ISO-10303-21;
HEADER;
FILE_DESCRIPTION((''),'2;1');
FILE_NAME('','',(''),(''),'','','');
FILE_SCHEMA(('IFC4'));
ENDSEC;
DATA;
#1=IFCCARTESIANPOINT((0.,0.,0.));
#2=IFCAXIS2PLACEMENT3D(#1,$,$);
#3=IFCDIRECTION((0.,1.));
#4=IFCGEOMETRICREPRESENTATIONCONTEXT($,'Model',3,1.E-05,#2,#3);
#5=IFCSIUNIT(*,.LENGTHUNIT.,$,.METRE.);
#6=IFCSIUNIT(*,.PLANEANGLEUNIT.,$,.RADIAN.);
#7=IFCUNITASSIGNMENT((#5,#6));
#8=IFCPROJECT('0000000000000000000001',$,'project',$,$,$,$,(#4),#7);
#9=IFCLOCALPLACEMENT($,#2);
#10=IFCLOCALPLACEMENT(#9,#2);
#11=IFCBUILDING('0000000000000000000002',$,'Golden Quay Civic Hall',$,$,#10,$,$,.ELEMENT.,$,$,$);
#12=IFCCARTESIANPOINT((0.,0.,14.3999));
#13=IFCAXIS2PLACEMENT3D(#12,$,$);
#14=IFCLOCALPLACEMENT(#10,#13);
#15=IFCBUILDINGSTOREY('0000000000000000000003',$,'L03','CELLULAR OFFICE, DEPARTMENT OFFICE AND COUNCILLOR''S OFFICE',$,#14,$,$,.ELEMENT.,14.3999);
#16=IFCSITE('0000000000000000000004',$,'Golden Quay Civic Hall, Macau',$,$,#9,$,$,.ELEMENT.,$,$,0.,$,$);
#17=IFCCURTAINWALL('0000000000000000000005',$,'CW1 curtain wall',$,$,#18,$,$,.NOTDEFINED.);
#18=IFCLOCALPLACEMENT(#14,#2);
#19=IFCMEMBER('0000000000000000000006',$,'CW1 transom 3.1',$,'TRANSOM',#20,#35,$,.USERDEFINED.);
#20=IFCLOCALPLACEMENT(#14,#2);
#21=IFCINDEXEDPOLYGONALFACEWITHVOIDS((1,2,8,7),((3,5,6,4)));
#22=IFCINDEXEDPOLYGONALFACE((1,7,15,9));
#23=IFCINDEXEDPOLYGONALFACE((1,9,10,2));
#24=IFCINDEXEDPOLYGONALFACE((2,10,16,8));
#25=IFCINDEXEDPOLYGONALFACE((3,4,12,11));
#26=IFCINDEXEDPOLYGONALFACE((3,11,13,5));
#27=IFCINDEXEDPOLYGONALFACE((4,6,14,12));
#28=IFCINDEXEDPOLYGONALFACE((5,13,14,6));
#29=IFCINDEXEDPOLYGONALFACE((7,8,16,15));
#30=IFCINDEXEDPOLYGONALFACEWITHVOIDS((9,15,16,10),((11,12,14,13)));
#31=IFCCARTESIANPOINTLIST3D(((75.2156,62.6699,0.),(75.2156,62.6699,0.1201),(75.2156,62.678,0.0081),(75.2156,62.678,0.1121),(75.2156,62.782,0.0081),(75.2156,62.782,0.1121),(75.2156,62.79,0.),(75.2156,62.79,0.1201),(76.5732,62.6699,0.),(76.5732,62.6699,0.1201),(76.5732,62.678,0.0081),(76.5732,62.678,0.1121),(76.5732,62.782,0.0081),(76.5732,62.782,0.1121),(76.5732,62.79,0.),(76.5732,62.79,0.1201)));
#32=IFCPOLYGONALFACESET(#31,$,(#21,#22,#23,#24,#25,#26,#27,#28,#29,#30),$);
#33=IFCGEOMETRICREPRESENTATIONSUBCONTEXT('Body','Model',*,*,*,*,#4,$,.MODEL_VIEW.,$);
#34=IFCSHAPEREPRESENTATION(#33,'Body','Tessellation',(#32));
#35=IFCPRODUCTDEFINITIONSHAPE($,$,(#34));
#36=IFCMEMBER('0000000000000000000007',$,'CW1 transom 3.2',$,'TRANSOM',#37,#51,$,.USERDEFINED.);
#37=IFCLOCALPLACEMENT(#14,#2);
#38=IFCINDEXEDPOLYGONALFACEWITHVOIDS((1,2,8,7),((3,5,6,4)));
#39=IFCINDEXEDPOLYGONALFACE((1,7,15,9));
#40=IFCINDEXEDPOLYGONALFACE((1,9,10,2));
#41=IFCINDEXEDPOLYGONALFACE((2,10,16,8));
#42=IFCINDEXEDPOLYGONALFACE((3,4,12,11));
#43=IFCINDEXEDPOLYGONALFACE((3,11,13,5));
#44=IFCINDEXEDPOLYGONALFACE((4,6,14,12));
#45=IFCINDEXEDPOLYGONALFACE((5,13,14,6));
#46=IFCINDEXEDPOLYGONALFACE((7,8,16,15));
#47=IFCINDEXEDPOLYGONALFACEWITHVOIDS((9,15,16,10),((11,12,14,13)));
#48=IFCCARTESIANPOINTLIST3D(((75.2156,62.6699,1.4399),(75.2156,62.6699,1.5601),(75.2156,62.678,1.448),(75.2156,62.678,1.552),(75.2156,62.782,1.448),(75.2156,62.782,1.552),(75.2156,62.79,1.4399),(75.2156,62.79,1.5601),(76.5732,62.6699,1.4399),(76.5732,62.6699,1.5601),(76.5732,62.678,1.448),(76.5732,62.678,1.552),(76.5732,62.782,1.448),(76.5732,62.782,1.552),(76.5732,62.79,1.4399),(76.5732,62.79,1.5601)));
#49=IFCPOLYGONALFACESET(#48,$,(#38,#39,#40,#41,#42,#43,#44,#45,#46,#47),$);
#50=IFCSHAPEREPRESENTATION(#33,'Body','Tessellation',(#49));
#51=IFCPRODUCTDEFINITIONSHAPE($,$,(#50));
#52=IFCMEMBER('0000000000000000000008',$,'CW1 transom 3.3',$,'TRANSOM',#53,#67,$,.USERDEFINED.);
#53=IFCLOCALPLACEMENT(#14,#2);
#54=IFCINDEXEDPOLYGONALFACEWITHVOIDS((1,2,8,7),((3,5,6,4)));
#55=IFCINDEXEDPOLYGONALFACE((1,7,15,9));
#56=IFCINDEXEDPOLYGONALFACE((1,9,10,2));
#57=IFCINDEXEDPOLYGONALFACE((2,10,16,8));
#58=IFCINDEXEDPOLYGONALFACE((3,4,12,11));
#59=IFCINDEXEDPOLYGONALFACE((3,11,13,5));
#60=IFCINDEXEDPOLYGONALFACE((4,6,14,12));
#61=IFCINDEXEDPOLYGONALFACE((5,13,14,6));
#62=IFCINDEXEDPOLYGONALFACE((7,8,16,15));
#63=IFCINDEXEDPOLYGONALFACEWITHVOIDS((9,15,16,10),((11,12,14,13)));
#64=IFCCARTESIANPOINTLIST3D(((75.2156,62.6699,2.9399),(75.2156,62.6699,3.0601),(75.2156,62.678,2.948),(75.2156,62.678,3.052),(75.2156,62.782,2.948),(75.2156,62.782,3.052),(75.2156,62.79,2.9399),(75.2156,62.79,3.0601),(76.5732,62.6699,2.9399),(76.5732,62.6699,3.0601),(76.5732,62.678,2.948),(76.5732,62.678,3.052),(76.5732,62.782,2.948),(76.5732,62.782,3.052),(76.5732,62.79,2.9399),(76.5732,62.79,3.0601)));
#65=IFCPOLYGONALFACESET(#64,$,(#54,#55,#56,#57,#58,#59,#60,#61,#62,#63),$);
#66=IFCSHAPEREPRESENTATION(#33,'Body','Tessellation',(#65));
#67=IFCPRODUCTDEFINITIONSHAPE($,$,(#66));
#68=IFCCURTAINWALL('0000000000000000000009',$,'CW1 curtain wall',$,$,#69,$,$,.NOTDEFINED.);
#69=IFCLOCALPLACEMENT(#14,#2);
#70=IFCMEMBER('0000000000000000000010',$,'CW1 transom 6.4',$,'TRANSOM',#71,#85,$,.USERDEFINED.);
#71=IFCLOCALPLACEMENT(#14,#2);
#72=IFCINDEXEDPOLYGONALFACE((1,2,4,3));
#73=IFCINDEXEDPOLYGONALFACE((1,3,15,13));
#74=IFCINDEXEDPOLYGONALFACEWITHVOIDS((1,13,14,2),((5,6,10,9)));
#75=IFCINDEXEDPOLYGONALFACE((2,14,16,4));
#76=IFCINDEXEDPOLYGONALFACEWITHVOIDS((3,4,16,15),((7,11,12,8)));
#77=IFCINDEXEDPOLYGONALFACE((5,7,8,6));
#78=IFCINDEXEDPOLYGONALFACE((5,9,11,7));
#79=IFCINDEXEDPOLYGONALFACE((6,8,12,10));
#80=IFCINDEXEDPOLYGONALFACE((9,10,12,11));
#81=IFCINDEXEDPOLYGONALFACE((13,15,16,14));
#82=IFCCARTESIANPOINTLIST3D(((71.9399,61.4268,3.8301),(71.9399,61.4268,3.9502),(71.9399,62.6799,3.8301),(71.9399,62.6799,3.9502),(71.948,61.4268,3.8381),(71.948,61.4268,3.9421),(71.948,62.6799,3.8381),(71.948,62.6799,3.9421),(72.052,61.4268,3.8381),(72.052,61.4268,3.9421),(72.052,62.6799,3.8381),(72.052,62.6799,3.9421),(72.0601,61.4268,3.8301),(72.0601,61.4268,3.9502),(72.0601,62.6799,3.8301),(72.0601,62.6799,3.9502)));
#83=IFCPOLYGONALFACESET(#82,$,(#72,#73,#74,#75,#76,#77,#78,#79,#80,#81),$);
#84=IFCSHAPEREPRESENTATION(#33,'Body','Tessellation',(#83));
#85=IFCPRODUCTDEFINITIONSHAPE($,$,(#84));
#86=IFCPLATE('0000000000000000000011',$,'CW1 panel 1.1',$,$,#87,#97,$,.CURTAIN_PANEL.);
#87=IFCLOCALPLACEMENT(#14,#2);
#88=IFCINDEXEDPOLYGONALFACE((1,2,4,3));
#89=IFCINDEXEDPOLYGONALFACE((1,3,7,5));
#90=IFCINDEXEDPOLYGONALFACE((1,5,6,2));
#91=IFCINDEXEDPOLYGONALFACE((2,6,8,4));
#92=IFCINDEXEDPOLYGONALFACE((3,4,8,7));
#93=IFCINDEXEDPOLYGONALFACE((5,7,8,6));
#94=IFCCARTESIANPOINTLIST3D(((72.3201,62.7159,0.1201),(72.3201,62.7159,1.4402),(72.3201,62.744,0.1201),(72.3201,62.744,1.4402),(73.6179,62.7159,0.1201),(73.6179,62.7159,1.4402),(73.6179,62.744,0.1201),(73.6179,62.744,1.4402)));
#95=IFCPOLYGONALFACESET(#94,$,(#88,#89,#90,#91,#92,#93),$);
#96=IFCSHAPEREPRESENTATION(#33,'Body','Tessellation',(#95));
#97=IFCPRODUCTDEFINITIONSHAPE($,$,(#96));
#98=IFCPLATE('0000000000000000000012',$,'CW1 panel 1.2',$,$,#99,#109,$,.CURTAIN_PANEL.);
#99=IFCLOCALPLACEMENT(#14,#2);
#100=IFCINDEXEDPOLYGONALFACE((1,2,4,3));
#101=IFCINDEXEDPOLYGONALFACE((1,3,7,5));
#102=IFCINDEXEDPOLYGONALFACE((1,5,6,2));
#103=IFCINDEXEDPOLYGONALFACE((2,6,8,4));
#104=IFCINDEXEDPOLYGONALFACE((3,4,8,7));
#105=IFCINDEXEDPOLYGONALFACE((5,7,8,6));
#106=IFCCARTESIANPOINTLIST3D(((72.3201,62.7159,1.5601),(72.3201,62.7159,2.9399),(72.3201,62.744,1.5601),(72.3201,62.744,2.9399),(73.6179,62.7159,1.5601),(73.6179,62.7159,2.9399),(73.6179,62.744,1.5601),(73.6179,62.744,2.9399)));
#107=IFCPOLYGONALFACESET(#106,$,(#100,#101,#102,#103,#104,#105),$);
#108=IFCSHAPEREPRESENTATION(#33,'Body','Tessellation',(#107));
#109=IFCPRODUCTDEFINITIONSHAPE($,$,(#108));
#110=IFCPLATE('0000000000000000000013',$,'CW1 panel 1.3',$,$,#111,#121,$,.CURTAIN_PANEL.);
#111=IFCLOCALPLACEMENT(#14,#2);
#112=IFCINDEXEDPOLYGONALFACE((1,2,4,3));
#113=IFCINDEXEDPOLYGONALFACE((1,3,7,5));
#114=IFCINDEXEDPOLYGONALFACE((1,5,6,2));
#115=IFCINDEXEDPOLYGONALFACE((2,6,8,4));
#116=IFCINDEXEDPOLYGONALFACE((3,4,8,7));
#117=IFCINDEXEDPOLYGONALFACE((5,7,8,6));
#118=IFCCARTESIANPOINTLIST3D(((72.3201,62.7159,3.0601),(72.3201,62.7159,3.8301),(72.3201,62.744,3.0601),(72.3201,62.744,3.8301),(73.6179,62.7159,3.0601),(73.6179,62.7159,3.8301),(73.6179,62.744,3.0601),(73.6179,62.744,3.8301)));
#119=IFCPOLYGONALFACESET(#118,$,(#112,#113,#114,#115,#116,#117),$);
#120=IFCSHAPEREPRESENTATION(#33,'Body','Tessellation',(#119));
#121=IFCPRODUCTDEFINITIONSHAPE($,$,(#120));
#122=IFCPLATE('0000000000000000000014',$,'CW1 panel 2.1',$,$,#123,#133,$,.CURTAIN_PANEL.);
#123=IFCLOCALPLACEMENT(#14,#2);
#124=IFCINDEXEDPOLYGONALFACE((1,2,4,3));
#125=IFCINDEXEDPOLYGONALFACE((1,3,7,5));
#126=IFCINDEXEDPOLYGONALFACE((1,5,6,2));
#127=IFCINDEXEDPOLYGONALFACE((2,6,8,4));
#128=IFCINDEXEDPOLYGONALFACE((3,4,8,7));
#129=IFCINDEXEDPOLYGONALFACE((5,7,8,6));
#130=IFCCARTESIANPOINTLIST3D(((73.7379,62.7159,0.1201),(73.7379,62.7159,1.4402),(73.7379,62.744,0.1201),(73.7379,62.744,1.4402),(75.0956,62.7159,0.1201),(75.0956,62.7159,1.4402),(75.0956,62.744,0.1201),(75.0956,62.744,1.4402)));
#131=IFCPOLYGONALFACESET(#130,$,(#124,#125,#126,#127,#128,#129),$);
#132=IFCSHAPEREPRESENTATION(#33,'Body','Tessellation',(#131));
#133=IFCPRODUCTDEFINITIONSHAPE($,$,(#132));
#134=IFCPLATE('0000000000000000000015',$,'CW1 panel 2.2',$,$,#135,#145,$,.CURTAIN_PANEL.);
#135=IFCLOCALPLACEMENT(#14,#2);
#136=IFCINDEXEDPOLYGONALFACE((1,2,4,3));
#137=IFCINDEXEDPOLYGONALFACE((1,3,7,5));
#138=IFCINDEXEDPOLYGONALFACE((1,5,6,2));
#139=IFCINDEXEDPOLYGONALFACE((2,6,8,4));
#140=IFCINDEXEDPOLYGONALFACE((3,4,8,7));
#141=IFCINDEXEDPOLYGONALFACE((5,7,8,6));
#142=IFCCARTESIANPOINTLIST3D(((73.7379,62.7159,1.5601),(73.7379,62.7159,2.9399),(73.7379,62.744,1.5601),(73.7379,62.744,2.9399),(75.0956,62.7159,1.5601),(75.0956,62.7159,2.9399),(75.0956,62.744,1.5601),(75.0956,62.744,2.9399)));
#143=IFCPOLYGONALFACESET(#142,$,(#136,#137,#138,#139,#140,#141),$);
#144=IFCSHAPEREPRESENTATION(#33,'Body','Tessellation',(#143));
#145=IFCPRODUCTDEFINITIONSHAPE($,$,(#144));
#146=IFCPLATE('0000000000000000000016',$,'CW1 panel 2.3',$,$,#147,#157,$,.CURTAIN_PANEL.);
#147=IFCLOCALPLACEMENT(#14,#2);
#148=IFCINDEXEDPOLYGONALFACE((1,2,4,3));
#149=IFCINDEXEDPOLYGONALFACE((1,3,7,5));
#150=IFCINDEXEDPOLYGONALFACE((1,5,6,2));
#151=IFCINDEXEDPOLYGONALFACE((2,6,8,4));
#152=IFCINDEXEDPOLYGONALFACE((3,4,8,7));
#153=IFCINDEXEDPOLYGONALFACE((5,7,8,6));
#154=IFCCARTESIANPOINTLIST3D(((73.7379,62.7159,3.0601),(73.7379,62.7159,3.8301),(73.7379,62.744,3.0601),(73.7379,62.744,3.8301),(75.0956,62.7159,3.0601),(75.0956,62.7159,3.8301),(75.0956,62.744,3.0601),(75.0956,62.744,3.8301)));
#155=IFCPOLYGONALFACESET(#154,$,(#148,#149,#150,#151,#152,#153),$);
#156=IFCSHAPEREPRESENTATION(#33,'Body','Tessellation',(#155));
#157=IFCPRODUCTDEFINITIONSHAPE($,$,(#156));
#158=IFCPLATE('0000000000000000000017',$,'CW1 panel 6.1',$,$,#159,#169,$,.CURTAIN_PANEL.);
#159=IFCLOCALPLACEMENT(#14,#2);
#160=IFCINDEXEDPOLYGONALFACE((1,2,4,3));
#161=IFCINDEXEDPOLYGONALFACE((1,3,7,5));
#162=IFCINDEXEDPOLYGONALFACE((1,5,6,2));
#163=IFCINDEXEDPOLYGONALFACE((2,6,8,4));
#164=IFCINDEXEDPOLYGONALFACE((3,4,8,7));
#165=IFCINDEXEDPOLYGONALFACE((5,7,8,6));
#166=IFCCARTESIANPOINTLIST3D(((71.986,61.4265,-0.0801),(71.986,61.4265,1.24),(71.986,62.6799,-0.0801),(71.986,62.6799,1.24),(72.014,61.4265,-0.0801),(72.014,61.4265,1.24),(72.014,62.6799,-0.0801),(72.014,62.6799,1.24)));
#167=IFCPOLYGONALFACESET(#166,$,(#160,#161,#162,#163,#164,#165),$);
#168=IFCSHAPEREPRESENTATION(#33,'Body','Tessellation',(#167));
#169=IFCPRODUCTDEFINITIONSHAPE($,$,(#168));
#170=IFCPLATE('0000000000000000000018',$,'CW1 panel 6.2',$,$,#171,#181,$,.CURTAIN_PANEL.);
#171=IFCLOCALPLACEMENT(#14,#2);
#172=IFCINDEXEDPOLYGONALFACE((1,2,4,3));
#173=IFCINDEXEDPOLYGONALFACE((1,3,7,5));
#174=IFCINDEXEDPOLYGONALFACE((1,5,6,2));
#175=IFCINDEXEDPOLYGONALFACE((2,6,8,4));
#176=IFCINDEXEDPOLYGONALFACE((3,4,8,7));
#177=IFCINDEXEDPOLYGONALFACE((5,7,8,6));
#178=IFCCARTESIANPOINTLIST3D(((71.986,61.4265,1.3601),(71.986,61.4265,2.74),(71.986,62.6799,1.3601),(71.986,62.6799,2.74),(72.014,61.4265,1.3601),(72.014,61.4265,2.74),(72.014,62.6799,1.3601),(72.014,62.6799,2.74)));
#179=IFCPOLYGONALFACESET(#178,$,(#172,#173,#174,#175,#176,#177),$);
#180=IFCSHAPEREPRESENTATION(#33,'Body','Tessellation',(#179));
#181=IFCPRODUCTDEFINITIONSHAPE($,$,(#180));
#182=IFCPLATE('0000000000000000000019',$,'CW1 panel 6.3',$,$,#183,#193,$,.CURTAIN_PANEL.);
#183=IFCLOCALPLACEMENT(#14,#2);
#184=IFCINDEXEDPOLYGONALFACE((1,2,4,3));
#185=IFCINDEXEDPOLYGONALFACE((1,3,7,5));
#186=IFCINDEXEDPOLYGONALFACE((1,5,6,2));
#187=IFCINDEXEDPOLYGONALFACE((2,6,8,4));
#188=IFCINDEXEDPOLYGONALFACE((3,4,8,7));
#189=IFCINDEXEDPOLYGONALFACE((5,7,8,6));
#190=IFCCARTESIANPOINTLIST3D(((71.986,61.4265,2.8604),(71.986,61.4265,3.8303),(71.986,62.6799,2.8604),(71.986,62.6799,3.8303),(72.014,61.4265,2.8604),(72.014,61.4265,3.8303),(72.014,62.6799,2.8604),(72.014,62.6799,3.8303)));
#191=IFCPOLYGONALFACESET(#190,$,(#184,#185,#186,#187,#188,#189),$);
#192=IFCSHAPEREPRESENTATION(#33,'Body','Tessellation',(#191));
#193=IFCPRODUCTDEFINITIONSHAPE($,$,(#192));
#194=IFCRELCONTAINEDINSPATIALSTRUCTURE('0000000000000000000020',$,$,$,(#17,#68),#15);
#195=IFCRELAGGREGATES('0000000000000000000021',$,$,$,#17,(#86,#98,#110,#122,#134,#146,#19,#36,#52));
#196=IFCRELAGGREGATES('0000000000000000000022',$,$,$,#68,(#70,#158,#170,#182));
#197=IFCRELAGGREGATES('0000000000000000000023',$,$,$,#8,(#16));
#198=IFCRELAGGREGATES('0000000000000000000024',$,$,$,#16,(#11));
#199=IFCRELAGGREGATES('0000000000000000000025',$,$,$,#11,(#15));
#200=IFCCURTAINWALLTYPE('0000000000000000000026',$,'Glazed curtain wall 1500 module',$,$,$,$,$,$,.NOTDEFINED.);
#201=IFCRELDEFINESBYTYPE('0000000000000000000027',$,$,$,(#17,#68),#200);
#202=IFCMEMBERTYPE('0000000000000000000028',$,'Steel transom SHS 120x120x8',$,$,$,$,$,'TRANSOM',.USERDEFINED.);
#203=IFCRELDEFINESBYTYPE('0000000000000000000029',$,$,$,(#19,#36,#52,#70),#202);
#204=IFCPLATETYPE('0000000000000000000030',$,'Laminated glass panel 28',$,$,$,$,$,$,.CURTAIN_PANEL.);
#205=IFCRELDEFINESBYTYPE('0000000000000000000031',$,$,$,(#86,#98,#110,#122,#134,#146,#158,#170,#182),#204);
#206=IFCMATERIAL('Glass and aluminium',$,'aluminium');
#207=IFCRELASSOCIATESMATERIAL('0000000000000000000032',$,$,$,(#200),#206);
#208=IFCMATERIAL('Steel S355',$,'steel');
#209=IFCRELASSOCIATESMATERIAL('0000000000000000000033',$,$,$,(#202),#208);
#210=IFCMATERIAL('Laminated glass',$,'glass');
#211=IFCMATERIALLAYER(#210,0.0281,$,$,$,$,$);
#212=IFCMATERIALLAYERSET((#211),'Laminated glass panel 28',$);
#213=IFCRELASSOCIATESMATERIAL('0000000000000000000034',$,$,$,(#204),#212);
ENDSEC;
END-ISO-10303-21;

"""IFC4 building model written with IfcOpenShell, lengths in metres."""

from ifc_helpers import new_model, si_unit, direction, frame, origin, origin_2d, place, context, subcontext, project, spatial, rectangle, hollow_rectangle, extrude, material, layer, layer_set, material_profile, profile_set, type_object, element, aggregate, save


model = new_model("IFC4")

# Units and contexts
model_context = context("Model", 3, precision=1e-05, world=origin(), true_north=direction((0.0, 1.0)))
body_context = subcontext(model_context, "Body", "Model", "MODEL_VIEW")
ifc_project = project(units=[si_unit("LENGTHUNIT", "METRE"), si_unit("PLANEANGLEUNIT", "RADIAN")], contexts=[model_context])

# Site, building, storey
site_placement = place(None, origin())
site = spatial("IfcSite", under=ifc_project, at=site_placement, Name="Golden Quay Civic Hall, Macau", CompositionType="ELEMENT", RefElevation=0.0)
building_placement = place(site_placement, origin())
building = spatial("IfcBuilding", under=site, at=building_placement, Name="Golden Quay Civic Hall", CompositionType="ELEMENT")
storey_placement = place(building_placement, frame((0.0, 0.0, 14.3999)))
storey = spatial("IfcBuildingStorey", under=building, at=storey_placement, Name="L03", Description="CELLULAR OFFICE, DEPARTMENT OFFICE AND COUNCILLOR'S OFFICE", CompositionType="ELEMENT", Elevation=14.3999)

# Curtain wall, members
ifc_material_1 = material(Name="Glass and aluminium", Category="aluminium")
curtain_wall_type = type_object("IfcCurtainWallType", Name="Glazed curtain wall 1500 module", PredefinedType="NOTDEFINED", material=ifc_material_1)
curtain_wall_1_placement = place(storey_placement, origin())
curtain_wall_1 = element("IfcCurtainWall", 1, at=curtain_wall_1_placement, inside=storey, type_object=curtain_wall_type, Name="CW1 curtain wall", PredefinedType="NOTDEFINED")
ifc_material_2 = material(Name="Steel S355", Category="steel")
ifc_material_profile_1 = material_profile(ifc_material_2, hollow_rectangle(XDim=0.1201, YDim=0.1201, WallThickness=0.0081, at=origin_2d()), Name="SHS 120x120x8")
ifc_profile_set_1 = profile_set([ifc_material_profile_1], Name="Steel S355")
member_type_1 = type_object("IfcMemberType", Name="Steel transom SHS 120x120x8", ElementType="TRANSOM", PredefinedType="USERDEFINED", material=ifc_profile_set_1)
member_1_placement = place(storey_placement, frame((75.2156, 62.73, 0.0601), z_axis=(1.0, 0.0, 0.0), x_axis=(0.0, 1.0, 0.0)))
member_1 = element("IfcMember", 2, at=member_1_placement, type_object=member_type_1, Name="CW1 transom 3.1", ObjectType="TRANSOM", PredefinedType="USERDEFINED", context=body_context, shape_type="SweptSolid", body=[
    extrude(hollow_rectangle(XDim=0.1201, YDim=0.1201, WallThickness=0.0081, at=origin_2d()), origin(), (0.0, 0.0, 1.0), 1.3577),
])
member_2_placement = place(storey_placement, frame((75.2156, 62.73, 1.5), z_axis=(1.0, 0.0, 0.0), x_axis=(0.0, 1.0, 0.0)))
member_2 = element("IfcMember", 3, at=member_2_placement, type_object=member_type_1, Name="CW1 transom 3.2", ObjectType="TRANSOM", PredefinedType="USERDEFINED", context=body_context, shape_type="SweptSolid", body=[
    extrude(hollow_rectangle(XDim=0.1201, YDim=0.1201, WallThickness=0.0081, at=origin_2d()), origin(), (0.0, 0.0, 1.0), 1.3577),
])
member_3_placement = place(storey_placement, frame((75.2156, 62.73, 3.0), z_axis=(1.0, 0.0, 0.0), x_axis=(0.0, 1.0, 0.0)))
member_3 = element("IfcMember", 4, at=member_3_placement, type_object=member_type_1, Name="CW1 transom 3.3", ObjectType="TRANSOM", PredefinedType="USERDEFINED", context=body_context, shape_type="SweptSolid", body=[
    extrude(hollow_rectangle(XDim=0.1201, YDim=0.1201, WallThickness=0.0081, at=origin_2d()), origin(), (0.0, 0.0, 1.0), 1.3577),
])

# Curtain wall, member
curtain_wall_2_placement = place(storey_placement, origin())
curtain_wall_2 = element("IfcCurtainWall", 5, at=curtain_wall_2_placement, inside=storey, type_object=curtain_wall_type, Name="CW1 curtain wall", PredefinedType="NOTDEFINED")
member_4_placement = place(storey_placement, frame((72.0, 61.4268, 3.8901), z_axis=(0.0, 1.0, 0.0), x_axis=(-1.0, 0.0, 0.0)))
member_4 = element("IfcMember", 6, at=member_4_placement, type_object=member_type_1, Name="CW1 transom 6.4", ObjectType="TRANSOM", PredefinedType="USERDEFINED", context=body_context, shape_type="SweptSolid", body=[
    extrude(hollow_rectangle(XDim=0.1201, YDim=0.1201, WallThickness=0.0081, at=origin_2d()), origin(), (0.0, 0.0, 1.0), 1.2532),
])

# Plates
ifc_material_3 = material(Name="Laminated glass", Category="glass")
ifc_layer = layer(ifc_material_3, 0.0281)
ifc_layer_set = layer_set([ifc_layer], Name="Laminated glass panel 28")
plate_type = type_object("IfcPlateType", Name="Laminated glass panel 28", PredefinedType="CURTAIN_PANEL", material=ifc_layer_set)
plate_1_placement = place(storey_placement, frame((72.969, 62.73, 0.1201), z_axis=(0.0, 0.0, 1.0), x_axis=(1.0, 0.0, 0.0)))
plate_1 = element("IfcPlate", 7, at=plate_1_placement, type_object=plate_type, Name="CW1 panel 1.1", PredefinedType="CURTAIN_PANEL", context=body_context, shape_type="SweptSolid", body=[
    extrude(rectangle(XDim=1.2979, YDim=0.0281, at=origin_2d()), origin(), (0.0, 0.0, 1.0), 1.3201),
])
plate_2_placement = place(storey_placement, frame((72.969, 62.73, 1.5601), z_axis=(0.0, 0.0, 1.0), x_axis=(1.0, 0.0, 0.0)))
plate_2 = element("IfcPlate", 8, at=plate_2_placement, type_object=plate_type, Name="CW1 panel 1.2", PredefinedType="CURTAIN_PANEL", context=body_context, shape_type="SweptSolid", body=[
    extrude(rectangle(XDim=1.2979, YDim=0.0281, at=origin_2d()), origin(), (0.0, 0.0, 1.0), 1.3799),
])
plate_3_placement = place(storey_placement, frame((72.969, 62.73, 3.0601), z_axis=(0.0, 0.0, 1.0), x_axis=(1.0, 0.0, 0.0)))
plate_3 = element("IfcPlate", 9, at=plate_3_placement, type_object=plate_type, Name="CW1 panel 1.3", PredefinedType="CURTAIN_PANEL", context=body_context, shape_type="SweptSolid", body=[
    extrude(rectangle(XDim=1.2979, YDim=0.0281, at=origin_2d()), origin(), (0.0, 0.0, 1.0), 0.77),
])
plate_4_placement = place(storey_placement, frame((74.4167, 62.73, 0.1201), z_axis=(0.0, 0.0, 1.0), x_axis=(1.0, 0.0, 0.0)))
plate_4 = element("IfcPlate", 10, at=plate_4_placement, type_object=plate_type, Name="CW1 panel 2.1", PredefinedType="CURTAIN_PANEL", context=body_context, shape_type="SweptSolid", body=[
    extrude(rectangle(XDim=1.3577, YDim=0.0281, at=origin_2d()), origin(), (0.0, 0.0, 1.0), 1.3201),
])
plate_5_placement = place(storey_placement, frame((74.4167, 62.73, 1.5601), z_axis=(0.0, 0.0, 1.0), x_axis=(1.0, 0.0, 0.0)))
plate_5 = element("IfcPlate", 11, at=plate_5_placement, type_object=plate_type, Name="CW1 panel 2.2", PredefinedType="CURTAIN_PANEL", context=body_context, shape_type="SweptSolid", body=[
    extrude(rectangle(XDim=1.3577, YDim=0.0281, at=origin_2d()), origin(), (0.0, 0.0, 1.0), 1.3799),
])
plate_6_placement = place(storey_placement, frame((74.4167, 62.73, 3.0601), z_axis=(0.0, 0.0, 1.0), x_axis=(1.0, 0.0, 0.0)))
plate_6 = element("IfcPlate", 12, at=plate_6_placement, type_object=plate_type, Name="CW1 panel 2.3", PredefinedType="CURTAIN_PANEL", context=body_context, shape_type="SweptSolid", body=[
    extrude(rectangle(XDim=1.3577, YDim=0.0281, at=origin_2d()), origin(), (0.0, 0.0, 1.0), 0.77),
])
aggregate(curtain_wall_1, [plate_1, plate_2, plate_3, plate_4, plate_5, plate_6, member_1, member_2, member_3])
plate_7_placement = place(storey_placement, frame((72.0, 62.0532, -0.0801), z_axis=(0.0, 0.0, 1.0), x_axis=(0.0, 1.0, 0.0)))
plate_7 = element("IfcPlate", 13, at=plate_7_placement, type_object=plate_type, Name="CW1 panel 6.1", PredefinedType="CURTAIN_PANEL", context=body_context, shape_type="SweptSolid", body=[
    extrude(rectangle(XDim=1.2534, YDim=0.0281, at=origin_2d()), origin(), (0.0, 0.0, 1.0), 1.3201),
])
plate_8_placement = place(storey_placement, frame((72.0, 62.0532, 1.3601), z_axis=(0.0, 0.0, 1.0), x_axis=(0.0, 1.0, 0.0)))
plate_8 = element("IfcPlate", 14, at=plate_8_placement, type_object=plate_type, Name="CW1 panel 6.2", PredefinedType="CURTAIN_PANEL", context=body_context, shape_type="SweptSolid", body=[
    extrude(rectangle(XDim=1.2534, YDim=0.0281, at=origin_2d()), origin(), (0.0, 0.0, 1.0), 1.3799),
])
plate_9_placement = place(storey_placement, frame((72.0, 62.0532, 2.8604), z_axis=(0.0, 0.0, 1.0), x_axis=(0.0, 1.0, 0.0)))
plate_9 = element("IfcPlate", 15, at=plate_9_placement, type_object=plate_type, Name="CW1 panel 6.3", PredefinedType="CURTAIN_PANEL", context=body_context, shape_type="SweptSolid", body=[
    extrude(rectangle(XDim=1.2534, YDim=0.0281, at=origin_2d()), origin(), (0.0, 0.0, 1.0), 0.97),
])
aggregate(curtain_wall_2, [member_4, plate_7, plate_8, plate_9])

save(model, "model.ifc")
